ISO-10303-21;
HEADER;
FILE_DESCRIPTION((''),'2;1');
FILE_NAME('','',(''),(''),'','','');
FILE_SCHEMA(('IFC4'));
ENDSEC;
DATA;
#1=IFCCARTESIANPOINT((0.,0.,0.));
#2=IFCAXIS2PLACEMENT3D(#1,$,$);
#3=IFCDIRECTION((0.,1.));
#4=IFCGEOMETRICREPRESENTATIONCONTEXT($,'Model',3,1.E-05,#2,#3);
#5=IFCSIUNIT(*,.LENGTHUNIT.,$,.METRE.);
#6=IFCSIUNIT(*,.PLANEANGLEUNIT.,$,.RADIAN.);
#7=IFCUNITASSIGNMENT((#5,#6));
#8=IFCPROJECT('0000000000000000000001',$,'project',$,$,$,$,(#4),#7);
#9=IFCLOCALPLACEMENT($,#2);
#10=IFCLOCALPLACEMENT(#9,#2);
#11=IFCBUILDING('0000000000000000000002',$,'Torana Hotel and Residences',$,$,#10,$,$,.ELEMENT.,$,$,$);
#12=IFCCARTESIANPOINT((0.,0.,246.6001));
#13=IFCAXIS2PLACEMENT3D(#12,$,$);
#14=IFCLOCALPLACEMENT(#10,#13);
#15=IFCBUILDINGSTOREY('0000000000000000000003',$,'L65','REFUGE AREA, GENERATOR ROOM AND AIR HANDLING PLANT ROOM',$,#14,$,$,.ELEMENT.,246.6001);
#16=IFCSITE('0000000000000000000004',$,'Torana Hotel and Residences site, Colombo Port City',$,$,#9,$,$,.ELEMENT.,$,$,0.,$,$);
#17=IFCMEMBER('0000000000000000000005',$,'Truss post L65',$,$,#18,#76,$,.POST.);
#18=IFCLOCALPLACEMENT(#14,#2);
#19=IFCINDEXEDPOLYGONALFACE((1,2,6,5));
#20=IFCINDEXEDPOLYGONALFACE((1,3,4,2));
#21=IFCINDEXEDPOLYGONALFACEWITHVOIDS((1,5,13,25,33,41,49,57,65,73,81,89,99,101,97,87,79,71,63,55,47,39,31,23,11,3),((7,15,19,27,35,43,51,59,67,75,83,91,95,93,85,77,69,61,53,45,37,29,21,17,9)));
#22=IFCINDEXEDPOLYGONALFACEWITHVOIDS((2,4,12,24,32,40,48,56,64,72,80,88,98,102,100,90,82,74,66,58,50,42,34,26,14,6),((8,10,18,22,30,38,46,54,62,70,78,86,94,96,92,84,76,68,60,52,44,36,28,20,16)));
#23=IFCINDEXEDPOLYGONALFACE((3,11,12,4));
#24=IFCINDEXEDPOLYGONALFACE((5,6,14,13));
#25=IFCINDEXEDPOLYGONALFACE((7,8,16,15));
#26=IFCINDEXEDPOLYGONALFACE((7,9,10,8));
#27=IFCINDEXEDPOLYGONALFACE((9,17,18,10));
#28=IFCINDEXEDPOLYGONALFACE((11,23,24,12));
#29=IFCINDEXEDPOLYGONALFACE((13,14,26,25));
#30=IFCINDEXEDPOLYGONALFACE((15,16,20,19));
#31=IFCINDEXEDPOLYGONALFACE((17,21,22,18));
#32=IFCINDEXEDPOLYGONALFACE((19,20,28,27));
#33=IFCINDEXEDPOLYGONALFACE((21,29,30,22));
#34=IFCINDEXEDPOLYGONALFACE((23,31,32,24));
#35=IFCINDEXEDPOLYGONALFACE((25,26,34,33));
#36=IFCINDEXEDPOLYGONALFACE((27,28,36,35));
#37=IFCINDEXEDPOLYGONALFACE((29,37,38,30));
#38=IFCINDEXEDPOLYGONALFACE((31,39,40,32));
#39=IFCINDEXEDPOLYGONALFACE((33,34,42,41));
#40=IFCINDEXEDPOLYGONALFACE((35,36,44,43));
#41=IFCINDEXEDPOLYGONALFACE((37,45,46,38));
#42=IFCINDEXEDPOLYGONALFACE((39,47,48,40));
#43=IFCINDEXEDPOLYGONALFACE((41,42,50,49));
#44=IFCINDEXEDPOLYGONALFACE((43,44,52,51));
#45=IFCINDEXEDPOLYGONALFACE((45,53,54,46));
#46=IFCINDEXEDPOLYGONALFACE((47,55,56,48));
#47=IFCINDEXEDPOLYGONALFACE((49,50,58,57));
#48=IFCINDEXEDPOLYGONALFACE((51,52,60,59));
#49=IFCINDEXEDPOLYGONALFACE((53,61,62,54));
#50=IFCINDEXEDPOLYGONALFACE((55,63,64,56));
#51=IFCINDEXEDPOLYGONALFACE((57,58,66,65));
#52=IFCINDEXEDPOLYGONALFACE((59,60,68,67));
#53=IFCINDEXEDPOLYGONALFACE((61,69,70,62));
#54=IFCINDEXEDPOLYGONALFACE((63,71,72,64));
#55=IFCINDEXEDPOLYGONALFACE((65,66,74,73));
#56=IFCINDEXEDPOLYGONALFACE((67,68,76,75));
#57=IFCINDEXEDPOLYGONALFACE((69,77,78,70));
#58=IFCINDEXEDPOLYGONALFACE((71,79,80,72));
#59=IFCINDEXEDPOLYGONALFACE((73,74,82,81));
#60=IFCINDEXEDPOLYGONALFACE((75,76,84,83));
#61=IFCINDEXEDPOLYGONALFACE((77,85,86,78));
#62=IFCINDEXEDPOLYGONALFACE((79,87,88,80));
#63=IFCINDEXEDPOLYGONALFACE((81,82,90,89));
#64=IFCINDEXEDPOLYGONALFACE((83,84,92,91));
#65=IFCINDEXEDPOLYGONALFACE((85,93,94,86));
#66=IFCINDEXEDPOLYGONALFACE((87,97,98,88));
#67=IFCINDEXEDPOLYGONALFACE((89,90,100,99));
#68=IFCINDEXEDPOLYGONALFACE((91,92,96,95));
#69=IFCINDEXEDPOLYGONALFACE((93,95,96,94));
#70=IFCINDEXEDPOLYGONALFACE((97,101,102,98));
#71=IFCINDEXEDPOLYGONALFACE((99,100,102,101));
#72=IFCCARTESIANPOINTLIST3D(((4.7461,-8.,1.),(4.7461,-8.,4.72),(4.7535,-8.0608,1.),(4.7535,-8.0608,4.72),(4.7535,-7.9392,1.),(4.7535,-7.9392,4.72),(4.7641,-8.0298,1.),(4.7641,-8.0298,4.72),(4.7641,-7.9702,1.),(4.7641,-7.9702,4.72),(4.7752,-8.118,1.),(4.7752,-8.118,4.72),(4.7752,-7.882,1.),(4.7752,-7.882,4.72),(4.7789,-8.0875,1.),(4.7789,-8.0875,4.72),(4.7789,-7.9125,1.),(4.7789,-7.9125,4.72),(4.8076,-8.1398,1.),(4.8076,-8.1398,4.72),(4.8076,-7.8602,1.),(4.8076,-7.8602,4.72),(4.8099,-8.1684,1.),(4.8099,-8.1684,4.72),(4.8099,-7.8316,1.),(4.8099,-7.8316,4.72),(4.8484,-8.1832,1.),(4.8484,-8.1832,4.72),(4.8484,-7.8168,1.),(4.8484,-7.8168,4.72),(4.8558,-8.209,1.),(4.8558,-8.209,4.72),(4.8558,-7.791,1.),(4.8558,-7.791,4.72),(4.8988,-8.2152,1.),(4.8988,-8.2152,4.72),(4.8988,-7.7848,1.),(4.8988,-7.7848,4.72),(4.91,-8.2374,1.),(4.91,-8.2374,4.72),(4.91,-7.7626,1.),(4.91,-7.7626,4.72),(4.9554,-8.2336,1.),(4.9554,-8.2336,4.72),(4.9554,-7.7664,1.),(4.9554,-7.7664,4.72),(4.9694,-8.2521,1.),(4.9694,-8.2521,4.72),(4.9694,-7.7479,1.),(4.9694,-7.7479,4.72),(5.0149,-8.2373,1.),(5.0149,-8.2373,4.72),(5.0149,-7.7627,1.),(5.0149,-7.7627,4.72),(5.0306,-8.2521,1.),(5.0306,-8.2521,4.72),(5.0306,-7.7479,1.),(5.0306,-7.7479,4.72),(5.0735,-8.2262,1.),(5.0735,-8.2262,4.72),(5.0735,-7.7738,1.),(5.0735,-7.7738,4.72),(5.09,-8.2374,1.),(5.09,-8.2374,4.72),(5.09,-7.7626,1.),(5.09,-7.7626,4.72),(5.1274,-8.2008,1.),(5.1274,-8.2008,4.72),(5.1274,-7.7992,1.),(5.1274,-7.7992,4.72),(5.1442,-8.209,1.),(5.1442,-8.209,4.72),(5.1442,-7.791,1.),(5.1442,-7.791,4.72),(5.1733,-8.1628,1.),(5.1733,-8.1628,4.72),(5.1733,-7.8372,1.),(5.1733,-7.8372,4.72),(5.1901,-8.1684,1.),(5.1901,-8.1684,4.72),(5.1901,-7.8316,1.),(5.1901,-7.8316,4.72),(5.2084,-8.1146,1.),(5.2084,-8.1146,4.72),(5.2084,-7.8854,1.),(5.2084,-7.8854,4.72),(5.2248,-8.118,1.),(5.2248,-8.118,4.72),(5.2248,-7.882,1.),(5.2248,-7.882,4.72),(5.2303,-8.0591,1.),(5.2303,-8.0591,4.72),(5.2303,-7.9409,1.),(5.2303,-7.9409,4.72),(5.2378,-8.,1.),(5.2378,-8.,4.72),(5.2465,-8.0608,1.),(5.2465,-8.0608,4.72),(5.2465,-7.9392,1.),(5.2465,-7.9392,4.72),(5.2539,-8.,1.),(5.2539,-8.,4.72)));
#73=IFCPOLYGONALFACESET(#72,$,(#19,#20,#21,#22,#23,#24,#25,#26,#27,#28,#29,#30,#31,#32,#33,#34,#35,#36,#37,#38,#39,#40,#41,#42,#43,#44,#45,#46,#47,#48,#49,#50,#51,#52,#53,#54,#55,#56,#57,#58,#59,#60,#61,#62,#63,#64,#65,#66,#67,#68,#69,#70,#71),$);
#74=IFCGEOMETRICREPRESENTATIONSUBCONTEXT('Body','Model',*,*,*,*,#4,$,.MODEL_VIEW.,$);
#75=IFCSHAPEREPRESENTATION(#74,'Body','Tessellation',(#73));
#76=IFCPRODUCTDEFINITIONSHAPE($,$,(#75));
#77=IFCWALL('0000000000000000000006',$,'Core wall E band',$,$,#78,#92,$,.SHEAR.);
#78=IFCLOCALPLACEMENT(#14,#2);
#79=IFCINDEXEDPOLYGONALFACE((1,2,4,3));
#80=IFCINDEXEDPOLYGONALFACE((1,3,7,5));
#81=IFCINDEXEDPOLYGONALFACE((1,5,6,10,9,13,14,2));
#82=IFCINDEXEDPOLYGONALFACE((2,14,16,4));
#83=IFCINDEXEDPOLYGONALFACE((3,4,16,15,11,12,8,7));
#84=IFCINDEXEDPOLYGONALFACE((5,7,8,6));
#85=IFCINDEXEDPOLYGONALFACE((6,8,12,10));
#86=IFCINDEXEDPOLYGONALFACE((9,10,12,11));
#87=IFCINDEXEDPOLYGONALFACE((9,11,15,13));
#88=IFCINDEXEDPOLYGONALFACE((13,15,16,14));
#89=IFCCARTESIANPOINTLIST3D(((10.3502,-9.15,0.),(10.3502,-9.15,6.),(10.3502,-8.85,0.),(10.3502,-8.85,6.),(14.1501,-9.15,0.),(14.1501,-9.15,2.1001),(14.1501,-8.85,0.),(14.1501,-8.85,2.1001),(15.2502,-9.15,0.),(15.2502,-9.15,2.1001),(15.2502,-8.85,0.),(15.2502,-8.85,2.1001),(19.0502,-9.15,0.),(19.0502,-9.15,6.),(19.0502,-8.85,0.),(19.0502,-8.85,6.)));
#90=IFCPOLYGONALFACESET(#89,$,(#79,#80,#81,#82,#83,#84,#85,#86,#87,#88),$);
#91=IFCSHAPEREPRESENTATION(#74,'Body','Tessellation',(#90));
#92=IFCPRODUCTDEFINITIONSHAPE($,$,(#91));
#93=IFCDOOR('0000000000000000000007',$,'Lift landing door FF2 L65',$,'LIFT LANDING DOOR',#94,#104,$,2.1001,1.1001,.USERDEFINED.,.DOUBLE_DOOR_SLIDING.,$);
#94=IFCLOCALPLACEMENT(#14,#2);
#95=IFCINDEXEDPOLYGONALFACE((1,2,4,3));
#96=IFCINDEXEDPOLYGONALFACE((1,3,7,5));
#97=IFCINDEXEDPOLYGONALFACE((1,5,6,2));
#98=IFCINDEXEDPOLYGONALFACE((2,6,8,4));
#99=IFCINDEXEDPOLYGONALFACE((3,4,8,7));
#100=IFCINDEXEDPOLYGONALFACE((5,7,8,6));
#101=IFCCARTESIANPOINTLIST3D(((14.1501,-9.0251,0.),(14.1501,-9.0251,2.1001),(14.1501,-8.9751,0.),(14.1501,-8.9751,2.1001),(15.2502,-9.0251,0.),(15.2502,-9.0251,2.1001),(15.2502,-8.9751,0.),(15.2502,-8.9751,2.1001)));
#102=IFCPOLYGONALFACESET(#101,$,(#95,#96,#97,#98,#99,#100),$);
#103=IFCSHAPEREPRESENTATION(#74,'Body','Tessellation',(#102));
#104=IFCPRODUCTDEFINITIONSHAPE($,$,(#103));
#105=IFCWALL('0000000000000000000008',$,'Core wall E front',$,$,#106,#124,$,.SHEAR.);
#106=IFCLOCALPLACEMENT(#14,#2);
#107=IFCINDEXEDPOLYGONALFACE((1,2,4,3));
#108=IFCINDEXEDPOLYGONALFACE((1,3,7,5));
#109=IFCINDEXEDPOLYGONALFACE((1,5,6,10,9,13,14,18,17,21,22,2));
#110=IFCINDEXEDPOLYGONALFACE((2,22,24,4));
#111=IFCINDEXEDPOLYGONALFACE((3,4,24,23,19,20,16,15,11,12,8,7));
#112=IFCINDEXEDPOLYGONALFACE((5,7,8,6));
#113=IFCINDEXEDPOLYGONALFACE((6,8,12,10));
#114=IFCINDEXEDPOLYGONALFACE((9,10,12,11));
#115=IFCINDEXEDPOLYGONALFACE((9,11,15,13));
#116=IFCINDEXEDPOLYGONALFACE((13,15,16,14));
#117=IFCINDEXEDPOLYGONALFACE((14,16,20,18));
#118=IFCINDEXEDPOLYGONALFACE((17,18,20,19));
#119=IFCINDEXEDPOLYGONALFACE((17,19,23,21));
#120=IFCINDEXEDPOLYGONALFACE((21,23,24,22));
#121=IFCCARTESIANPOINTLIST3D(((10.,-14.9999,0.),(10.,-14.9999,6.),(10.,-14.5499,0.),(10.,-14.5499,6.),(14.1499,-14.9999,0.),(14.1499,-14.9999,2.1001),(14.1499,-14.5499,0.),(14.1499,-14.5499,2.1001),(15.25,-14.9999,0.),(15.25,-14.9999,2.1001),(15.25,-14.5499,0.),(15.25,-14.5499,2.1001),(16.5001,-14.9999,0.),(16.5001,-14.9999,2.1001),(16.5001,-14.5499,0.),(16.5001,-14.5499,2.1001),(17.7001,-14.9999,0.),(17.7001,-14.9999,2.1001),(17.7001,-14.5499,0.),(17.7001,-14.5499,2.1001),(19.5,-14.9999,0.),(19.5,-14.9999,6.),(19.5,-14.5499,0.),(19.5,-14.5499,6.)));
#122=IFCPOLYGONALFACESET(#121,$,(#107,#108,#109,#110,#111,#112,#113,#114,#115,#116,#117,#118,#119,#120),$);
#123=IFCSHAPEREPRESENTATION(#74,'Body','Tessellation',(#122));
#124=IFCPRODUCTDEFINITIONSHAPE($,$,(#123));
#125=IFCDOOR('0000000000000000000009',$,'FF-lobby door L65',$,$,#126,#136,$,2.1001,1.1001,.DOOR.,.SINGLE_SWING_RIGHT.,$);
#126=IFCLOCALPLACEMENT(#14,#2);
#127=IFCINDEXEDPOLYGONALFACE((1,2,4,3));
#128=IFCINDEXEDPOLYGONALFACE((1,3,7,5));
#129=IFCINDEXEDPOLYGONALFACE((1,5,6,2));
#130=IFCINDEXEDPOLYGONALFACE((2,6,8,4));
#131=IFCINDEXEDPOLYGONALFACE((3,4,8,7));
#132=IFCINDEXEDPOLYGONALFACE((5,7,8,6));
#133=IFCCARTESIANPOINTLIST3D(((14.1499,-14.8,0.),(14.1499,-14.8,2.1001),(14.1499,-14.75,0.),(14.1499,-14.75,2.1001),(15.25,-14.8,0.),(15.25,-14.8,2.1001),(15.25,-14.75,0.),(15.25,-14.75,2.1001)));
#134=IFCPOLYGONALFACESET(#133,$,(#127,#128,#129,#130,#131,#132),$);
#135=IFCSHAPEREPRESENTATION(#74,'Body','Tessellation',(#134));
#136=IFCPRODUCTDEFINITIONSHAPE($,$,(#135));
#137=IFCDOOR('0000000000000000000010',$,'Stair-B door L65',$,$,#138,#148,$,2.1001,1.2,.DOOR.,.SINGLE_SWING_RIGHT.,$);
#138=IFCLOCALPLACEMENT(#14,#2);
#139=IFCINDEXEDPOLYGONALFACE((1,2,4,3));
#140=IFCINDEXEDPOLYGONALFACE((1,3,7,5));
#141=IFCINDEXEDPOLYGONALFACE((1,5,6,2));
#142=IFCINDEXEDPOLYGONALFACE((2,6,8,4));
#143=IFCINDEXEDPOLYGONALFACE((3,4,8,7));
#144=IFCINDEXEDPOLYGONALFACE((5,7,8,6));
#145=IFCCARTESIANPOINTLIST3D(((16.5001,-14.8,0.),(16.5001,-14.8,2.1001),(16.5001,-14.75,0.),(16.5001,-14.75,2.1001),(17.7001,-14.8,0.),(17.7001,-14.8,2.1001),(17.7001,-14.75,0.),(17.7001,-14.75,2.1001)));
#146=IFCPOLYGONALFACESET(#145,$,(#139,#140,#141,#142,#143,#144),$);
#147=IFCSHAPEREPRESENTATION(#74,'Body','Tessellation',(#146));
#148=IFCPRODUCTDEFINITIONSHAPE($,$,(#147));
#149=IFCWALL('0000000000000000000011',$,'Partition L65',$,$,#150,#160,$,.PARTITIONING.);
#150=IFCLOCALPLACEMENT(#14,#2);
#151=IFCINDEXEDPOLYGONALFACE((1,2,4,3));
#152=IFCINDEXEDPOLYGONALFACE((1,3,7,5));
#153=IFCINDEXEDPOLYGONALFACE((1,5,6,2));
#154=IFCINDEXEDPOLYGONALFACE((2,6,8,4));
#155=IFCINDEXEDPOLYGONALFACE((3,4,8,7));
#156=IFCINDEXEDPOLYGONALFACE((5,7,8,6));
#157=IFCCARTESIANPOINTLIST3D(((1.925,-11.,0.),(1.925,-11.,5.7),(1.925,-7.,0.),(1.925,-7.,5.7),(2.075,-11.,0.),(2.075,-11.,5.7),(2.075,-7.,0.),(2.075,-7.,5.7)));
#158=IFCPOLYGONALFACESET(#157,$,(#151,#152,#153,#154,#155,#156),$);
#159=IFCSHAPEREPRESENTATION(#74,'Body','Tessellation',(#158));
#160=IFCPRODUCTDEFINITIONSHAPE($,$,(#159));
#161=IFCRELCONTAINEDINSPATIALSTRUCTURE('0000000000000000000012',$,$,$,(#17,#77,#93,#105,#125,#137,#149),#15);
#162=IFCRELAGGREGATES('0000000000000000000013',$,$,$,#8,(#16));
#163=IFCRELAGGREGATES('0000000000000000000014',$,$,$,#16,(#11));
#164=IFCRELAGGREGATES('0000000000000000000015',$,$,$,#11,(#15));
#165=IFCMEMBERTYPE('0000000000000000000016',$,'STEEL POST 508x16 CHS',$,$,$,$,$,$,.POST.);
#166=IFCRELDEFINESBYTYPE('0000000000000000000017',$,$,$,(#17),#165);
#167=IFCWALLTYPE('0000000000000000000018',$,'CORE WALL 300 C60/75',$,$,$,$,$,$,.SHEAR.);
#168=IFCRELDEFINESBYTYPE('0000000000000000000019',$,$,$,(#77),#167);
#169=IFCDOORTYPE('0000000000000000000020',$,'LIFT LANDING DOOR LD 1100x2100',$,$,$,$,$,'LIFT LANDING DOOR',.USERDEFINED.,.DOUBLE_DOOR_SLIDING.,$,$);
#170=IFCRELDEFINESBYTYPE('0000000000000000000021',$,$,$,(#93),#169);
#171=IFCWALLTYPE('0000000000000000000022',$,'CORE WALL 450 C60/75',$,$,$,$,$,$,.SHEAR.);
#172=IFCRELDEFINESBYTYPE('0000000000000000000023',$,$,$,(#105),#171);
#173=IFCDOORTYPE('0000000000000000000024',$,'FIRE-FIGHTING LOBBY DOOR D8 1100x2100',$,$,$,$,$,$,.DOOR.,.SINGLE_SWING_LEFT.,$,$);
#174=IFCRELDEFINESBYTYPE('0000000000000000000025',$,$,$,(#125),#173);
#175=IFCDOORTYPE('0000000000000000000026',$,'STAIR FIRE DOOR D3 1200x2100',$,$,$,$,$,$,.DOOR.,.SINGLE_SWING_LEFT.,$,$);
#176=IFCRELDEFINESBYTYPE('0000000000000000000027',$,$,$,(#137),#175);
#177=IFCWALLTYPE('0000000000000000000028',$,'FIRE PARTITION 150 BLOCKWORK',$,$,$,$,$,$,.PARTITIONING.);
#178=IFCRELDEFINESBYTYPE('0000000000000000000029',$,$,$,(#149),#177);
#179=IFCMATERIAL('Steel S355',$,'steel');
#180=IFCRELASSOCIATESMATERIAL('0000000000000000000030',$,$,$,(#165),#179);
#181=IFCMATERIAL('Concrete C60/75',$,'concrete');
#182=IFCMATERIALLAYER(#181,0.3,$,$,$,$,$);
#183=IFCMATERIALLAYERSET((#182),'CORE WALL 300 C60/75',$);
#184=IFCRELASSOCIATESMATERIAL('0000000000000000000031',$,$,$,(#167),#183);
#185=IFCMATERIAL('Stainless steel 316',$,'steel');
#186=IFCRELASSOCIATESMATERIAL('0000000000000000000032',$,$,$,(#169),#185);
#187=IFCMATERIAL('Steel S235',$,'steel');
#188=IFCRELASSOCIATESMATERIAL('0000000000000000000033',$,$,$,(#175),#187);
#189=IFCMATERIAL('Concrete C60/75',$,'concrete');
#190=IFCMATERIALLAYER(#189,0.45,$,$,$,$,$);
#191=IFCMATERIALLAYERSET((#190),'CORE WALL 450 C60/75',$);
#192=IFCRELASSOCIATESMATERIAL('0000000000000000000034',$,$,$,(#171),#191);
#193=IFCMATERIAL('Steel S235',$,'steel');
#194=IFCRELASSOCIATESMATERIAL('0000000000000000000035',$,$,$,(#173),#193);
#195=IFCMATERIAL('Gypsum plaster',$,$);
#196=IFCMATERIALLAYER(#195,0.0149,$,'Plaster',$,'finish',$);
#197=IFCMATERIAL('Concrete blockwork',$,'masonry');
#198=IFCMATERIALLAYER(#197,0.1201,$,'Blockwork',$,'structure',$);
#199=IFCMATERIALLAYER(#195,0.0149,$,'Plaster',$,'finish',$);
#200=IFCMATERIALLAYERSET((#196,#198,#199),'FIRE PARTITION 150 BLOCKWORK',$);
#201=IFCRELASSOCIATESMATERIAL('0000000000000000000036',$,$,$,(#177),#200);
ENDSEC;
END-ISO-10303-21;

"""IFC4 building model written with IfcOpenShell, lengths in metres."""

from ifc_helpers import new_model, si_unit, direction, frame, frame_2d, origin, origin_2d, place, context, subcontext, project, spatial, rectangle, hollow_circle, extrude, material, layer, layer_set, material_profile, profile_set, type_object, element, fill, save


model = new_model("IFC4")

# Units and contexts
model_context = context("Model", 3, precision=1e-05, world=origin(), true_north=direction((0.0, 1.0)))
body_context = subcontext(model_context, "Body", "Model", "MODEL_VIEW")
ifc_project = project(units=[si_unit("LENGTHUNIT", "METRE"), si_unit("PLANEANGLEUNIT", "RADIAN")], contexts=[model_context])

# Site, building, storey
site_placement = place(None, origin())
site = spatial("IfcSite", under=ifc_project, at=site_placement, Name="Torana Hotel and Residences site, Colombo Port City", CompositionType="ELEMENT", RefElevation=0.0)
building_placement = place(site_placement, origin())
building = spatial("IfcBuilding", under=site, at=building_placement, Name="Torana Hotel and Residences", CompositionType="ELEMENT")
storey_placement = place(building_placement, frame((0.0, 0.0, 246.6001)))
storey = spatial("IfcBuildingStorey", under=building, at=storey_placement, Name="L65", Description="REFUGE AREA, GENERATOR ROOM AND AIR HANDLING PLANT ROOM", CompositionType="ELEMENT", Elevation=246.6001)

# Member
ifc_material_1 = material(Name="Steel S355", Category="steel")
ifc_material_profile_1 = material_profile(ifc_material_1, hollow_circle(Radius=0.2539, WallThickness=0.0161, at=origin_2d()), Name="508x16 CHS")
ifc_profile_set_1 = profile_set([ifc_material_profile_1], Name="Steel S355")
member_type_1 = type_object("IfcMemberType", Name="STEEL POST 508x16 CHS", PredefinedType="POST", material=ifc_profile_set_1)
for number, where, z_axis, x_axis, name in (
    (1, (5.0, -8.0, 1.0), (0.0, 0.0, 1.0), (1.0, 0.0, 0.0), "Truss post L65"),
):
    element("IfcMember", number, at=place(storey_placement, frame(where, z_axis=z_axis, x_axis=x_axis)), inside=storey, type_object=member_type_1, Name=name, PredefinedType="POST", context=body_context, shape_type="SweptSolid", body=[
        extrude(hollow_circle(Radius=0.2539, WallThickness=0.0161, at=origin_2d()), origin(), (0.0, 0.0, 1.0), 3.72),
    ])

# Wall, opening, door
ifc_material_2 = material(Name="Concrete C60/75", Category="concrete")
ifc_layer_1 = layer(ifc_material_2, 0.3)
ifc_layer_set_1 = layer_set([ifc_layer_1], Name="CORE WALL 300 C60/75")
wall_type_1 = type_object("IfcWallType", Name="CORE WALL 300 C60/75", PredefinedType="SHEAR", material=ifc_layer_set_1)
wall_1_placement = place(storey_placement, frame((10.3501, -9.0, 0.0), z_axis=(0.0, 0.0, 1.0), x_axis=(1.0, 0.0, 0.0)))
wall_1 = element("IfcWall", 2, at=wall_1_placement, inside=storey, type_object=wall_type_1, Name="Core wall E band", PredefinedType="SHEAR", context=body_context, shape_type="SweptSolid", body=[
    extrude(rectangle(XDim=8.7, YDim=0.3, at=frame_2d((4.3501, 0.0))), origin(), (0.0, 0.0, 1.0), 6.0),
])
opening_1_placement = place(wall_1_placement, frame((3.8, 0.0, 0.0)))
opening_1 = element("IfcOpeningElement", 3, at=opening_1_placement, cuts=wall_1, PredefinedType="OPENING", context=body_context, shape_type="SweptSolid", body=[
    extrude(rectangle(XDim=1.1001, YDim=2.1001, at=frame_2d((0.55, 1.05))), frame((0.0, 0.1599, 0.0), z_axis=(0.0, -1.0, 0.0), x_axis=(1.0, 0.0, 0.0)), (0.0, 0.0, 1.0), 0.3201),
])
ifc_material_3 = material(Name="Stainless steel 316", Category="steel")
door_type_1 = type_object("IfcDoorType", Name="LIFT LANDING DOOR LD 1100x2100", ElementType="LIFT LANDING DOOR", OperationType="DOUBLE_DOOR_SLIDING", PredefinedType="USERDEFINED", material=ifc_material_3)
door_1_placement = place(opening_1_placement, origin())
door_1 = element("IfcDoor", 4, at=door_1_placement, inside=storey, type_object=door_type_1, Name="Lift landing door FF2 L65", ObjectType="LIFT LANDING DOOR", OperationType="DOUBLE_DOOR_SLIDING", OverallHeight=2.1001, OverallWidth=1.1001, PredefinedType="USERDEFINED", context=body_context, shape_type="SweptSolid", body=[
    extrude(rectangle(XDim=1.1001, YDim=2.1001, at=frame_2d((0.55, 1.05))), frame((0.0, 0.0249, 0.0), z_axis=(0.0, -1.0, 0.0), x_axis=(1.0, 0.0, 0.0)), (0.0, 0.0, 1.0), 0.05),
])
fill(opening_1, door_1)

# Wall, openings, doors
ifc_material_4 = material(Name="Steel S235", Category="steel")
door_type_2 = type_object("IfcDoorType", Name="STAIR FIRE DOOR D3 1200x2100", OperationType="SINGLE_SWING_LEFT", PredefinedType="DOOR", material=ifc_material_4)
ifc_material_5 = material(Name="Concrete C60/75", Category="concrete")
ifc_layer_2 = layer(ifc_material_5, 0.45)
ifc_layer_set_2 = layer_set([ifc_layer_2], Name="CORE WALL 450 C60/75")
wall_type_2 = type_object("IfcWallType", Name="CORE WALL 450 C60/75", PredefinedType="SHEAR", material=ifc_layer_set_2)
wall_2_placement = place(storey_placement, frame((10.0, -14.7749, 0.0), z_axis=(0.0, 0.0, 1.0), x_axis=(1.0, 0.0, 0.0)))
wall_2 = element("IfcWall", 5, at=wall_2_placement, inside=storey, type_object=wall_type_2, Name="Core wall E front", PredefinedType="SHEAR", context=body_context, shape_type="SweptSolid", body=[
    extrude(rectangle(XDim=9.5, YDim=0.45, at=frame_2d((4.75, 0.0))), origin(), (0.0, 0.0, 1.0), 6.0),
])
opening_2_placement = place(wall_2_placement, frame((6.5, 0.0, 0.0)))
opening_2 = element("IfcOpeningElement", 6, at=opening_2_placement, cuts=wall_2, PredefinedType="OPENING", context=body_context, shape_type="SweptSolid", body=[
    extrude(rectangle(XDim=1.2, YDim=2.1001, at=frame_2d((0.6001, 1.05))), frame((0.0, 0.2349, 0.0), z_axis=(0.0, -1.0, 0.0), x_axis=(1.0, 0.0, 0.0)), (0.0, 0.0, 1.0), 0.47),
])
opening_3_placement = place(wall_2_placement, frame((4.1499, 0.0, 0.0)))
opening_3 = element("IfcOpeningElement", 7, at=opening_3_placement, cuts=wall_2, PredefinedType="OPENING", context=body_context, shape_type="SweptSolid", body=[
    extrude(rectangle(XDim=1.1001, YDim=2.1001, at=frame_2d((0.55, 1.05))), frame((0.0, 0.2349, 0.0), z_axis=(0.0, -1.0, 0.0), x_axis=(1.0, 0.0, 0.0)), (0.0, 0.0, 1.0), 0.47),
])
ifc_material_6 = material(Name="Steel S235", Category="steel")
door_type_3 = type_object("IfcDoorType", Name="FIRE-FIGHTING LOBBY DOOR D8 1100x2100", OperationType="SINGLE_SWING_LEFT", PredefinedType="DOOR", material=ifc_material_6)
door_2_placement = place(opening_3_placement, origin())
door_2 = element("IfcDoor", 8, at=door_2_placement, inside=storey, type_object=door_type_3, Name="FF-lobby door L65", OperationType="SINGLE_SWING_RIGHT", OverallHeight=2.1001, OverallWidth=1.1001, PredefinedType="DOOR", context=body_context, shape_type="SweptSolid", body=[
    extrude(rectangle(XDim=1.1001, YDim=2.1001, at=frame_2d((0.55, 1.05))), frame((0.0, 0.0249, 0.0), z_axis=(0.0, -1.0, 0.0), x_axis=(1.0, 0.0, 0.0)), (0.0, 0.0, 1.0), 0.05),
])
fill(opening_3, door_2)
door_3_placement = place(opening_2_placement, origin())
door_3 = element("IfcDoor", 9, at=door_3_placement, inside=storey, type_object=door_type_2, Name="Stair-B door L65", OperationType="SINGLE_SWING_RIGHT", OverallHeight=2.1001, OverallWidth=1.2, PredefinedType="DOOR", context=body_context, shape_type="SweptSolid", body=[
    extrude(rectangle(XDim=1.2, YDim=2.1001, at=frame_2d((0.6001, 1.05))), frame((0.0, 0.0249, 0.0), z_axis=(0.0, -1.0, 0.0), x_axis=(1.0, 0.0, 0.0)), (0.0, 0.0, 1.0), 0.05),
])
fill(opening_2, door_3)

# Wall
ifc_material_7 = material(Name="Gypsum plaster")
ifc_layer_3 = layer(ifc_material_7, 0.0149, Name="Plaster", Category="finish")
ifc_material_8 = material(Name="Concrete blockwork", Category="masonry")
ifc_layer_4 = layer(ifc_material_8, 0.1201, Name="Blockwork", Category="structure")
ifc_layer_5 = layer(ifc_material_7, 0.0149, Name="Plaster", Category="finish")
ifc_layer_set_3 = layer_set([ifc_layer_3, ifc_layer_4, ifc_layer_5], Name="FIRE PARTITION 150 BLOCKWORK")
wall_type_3 = type_object("IfcWallType", Name="FIRE PARTITION 150 BLOCKWORK", PredefinedType="PARTITIONING", material=ifc_layer_set_3)
wall_3_placement = place(storey_placement, frame((2.0, -11.0, 0.0), z_axis=(0.0, 0.0, 1.0), x_axis=(0.0, 1.0, 0.0)))
element("IfcWall", 10, at=wall_3_placement, inside=storey, type_object=wall_type_3, Name="Partition L65", PredefinedType="PARTITIONING", context=body_context, shape_type="SweptSolid", body=[
    extrude(rectangle(XDim=4.0, YDim=0.1499, at=frame_2d((2.0, 0.0))), origin(), (0.0, 0.0, 1.0), 5.7),
])

save(model, "model.ifc")
